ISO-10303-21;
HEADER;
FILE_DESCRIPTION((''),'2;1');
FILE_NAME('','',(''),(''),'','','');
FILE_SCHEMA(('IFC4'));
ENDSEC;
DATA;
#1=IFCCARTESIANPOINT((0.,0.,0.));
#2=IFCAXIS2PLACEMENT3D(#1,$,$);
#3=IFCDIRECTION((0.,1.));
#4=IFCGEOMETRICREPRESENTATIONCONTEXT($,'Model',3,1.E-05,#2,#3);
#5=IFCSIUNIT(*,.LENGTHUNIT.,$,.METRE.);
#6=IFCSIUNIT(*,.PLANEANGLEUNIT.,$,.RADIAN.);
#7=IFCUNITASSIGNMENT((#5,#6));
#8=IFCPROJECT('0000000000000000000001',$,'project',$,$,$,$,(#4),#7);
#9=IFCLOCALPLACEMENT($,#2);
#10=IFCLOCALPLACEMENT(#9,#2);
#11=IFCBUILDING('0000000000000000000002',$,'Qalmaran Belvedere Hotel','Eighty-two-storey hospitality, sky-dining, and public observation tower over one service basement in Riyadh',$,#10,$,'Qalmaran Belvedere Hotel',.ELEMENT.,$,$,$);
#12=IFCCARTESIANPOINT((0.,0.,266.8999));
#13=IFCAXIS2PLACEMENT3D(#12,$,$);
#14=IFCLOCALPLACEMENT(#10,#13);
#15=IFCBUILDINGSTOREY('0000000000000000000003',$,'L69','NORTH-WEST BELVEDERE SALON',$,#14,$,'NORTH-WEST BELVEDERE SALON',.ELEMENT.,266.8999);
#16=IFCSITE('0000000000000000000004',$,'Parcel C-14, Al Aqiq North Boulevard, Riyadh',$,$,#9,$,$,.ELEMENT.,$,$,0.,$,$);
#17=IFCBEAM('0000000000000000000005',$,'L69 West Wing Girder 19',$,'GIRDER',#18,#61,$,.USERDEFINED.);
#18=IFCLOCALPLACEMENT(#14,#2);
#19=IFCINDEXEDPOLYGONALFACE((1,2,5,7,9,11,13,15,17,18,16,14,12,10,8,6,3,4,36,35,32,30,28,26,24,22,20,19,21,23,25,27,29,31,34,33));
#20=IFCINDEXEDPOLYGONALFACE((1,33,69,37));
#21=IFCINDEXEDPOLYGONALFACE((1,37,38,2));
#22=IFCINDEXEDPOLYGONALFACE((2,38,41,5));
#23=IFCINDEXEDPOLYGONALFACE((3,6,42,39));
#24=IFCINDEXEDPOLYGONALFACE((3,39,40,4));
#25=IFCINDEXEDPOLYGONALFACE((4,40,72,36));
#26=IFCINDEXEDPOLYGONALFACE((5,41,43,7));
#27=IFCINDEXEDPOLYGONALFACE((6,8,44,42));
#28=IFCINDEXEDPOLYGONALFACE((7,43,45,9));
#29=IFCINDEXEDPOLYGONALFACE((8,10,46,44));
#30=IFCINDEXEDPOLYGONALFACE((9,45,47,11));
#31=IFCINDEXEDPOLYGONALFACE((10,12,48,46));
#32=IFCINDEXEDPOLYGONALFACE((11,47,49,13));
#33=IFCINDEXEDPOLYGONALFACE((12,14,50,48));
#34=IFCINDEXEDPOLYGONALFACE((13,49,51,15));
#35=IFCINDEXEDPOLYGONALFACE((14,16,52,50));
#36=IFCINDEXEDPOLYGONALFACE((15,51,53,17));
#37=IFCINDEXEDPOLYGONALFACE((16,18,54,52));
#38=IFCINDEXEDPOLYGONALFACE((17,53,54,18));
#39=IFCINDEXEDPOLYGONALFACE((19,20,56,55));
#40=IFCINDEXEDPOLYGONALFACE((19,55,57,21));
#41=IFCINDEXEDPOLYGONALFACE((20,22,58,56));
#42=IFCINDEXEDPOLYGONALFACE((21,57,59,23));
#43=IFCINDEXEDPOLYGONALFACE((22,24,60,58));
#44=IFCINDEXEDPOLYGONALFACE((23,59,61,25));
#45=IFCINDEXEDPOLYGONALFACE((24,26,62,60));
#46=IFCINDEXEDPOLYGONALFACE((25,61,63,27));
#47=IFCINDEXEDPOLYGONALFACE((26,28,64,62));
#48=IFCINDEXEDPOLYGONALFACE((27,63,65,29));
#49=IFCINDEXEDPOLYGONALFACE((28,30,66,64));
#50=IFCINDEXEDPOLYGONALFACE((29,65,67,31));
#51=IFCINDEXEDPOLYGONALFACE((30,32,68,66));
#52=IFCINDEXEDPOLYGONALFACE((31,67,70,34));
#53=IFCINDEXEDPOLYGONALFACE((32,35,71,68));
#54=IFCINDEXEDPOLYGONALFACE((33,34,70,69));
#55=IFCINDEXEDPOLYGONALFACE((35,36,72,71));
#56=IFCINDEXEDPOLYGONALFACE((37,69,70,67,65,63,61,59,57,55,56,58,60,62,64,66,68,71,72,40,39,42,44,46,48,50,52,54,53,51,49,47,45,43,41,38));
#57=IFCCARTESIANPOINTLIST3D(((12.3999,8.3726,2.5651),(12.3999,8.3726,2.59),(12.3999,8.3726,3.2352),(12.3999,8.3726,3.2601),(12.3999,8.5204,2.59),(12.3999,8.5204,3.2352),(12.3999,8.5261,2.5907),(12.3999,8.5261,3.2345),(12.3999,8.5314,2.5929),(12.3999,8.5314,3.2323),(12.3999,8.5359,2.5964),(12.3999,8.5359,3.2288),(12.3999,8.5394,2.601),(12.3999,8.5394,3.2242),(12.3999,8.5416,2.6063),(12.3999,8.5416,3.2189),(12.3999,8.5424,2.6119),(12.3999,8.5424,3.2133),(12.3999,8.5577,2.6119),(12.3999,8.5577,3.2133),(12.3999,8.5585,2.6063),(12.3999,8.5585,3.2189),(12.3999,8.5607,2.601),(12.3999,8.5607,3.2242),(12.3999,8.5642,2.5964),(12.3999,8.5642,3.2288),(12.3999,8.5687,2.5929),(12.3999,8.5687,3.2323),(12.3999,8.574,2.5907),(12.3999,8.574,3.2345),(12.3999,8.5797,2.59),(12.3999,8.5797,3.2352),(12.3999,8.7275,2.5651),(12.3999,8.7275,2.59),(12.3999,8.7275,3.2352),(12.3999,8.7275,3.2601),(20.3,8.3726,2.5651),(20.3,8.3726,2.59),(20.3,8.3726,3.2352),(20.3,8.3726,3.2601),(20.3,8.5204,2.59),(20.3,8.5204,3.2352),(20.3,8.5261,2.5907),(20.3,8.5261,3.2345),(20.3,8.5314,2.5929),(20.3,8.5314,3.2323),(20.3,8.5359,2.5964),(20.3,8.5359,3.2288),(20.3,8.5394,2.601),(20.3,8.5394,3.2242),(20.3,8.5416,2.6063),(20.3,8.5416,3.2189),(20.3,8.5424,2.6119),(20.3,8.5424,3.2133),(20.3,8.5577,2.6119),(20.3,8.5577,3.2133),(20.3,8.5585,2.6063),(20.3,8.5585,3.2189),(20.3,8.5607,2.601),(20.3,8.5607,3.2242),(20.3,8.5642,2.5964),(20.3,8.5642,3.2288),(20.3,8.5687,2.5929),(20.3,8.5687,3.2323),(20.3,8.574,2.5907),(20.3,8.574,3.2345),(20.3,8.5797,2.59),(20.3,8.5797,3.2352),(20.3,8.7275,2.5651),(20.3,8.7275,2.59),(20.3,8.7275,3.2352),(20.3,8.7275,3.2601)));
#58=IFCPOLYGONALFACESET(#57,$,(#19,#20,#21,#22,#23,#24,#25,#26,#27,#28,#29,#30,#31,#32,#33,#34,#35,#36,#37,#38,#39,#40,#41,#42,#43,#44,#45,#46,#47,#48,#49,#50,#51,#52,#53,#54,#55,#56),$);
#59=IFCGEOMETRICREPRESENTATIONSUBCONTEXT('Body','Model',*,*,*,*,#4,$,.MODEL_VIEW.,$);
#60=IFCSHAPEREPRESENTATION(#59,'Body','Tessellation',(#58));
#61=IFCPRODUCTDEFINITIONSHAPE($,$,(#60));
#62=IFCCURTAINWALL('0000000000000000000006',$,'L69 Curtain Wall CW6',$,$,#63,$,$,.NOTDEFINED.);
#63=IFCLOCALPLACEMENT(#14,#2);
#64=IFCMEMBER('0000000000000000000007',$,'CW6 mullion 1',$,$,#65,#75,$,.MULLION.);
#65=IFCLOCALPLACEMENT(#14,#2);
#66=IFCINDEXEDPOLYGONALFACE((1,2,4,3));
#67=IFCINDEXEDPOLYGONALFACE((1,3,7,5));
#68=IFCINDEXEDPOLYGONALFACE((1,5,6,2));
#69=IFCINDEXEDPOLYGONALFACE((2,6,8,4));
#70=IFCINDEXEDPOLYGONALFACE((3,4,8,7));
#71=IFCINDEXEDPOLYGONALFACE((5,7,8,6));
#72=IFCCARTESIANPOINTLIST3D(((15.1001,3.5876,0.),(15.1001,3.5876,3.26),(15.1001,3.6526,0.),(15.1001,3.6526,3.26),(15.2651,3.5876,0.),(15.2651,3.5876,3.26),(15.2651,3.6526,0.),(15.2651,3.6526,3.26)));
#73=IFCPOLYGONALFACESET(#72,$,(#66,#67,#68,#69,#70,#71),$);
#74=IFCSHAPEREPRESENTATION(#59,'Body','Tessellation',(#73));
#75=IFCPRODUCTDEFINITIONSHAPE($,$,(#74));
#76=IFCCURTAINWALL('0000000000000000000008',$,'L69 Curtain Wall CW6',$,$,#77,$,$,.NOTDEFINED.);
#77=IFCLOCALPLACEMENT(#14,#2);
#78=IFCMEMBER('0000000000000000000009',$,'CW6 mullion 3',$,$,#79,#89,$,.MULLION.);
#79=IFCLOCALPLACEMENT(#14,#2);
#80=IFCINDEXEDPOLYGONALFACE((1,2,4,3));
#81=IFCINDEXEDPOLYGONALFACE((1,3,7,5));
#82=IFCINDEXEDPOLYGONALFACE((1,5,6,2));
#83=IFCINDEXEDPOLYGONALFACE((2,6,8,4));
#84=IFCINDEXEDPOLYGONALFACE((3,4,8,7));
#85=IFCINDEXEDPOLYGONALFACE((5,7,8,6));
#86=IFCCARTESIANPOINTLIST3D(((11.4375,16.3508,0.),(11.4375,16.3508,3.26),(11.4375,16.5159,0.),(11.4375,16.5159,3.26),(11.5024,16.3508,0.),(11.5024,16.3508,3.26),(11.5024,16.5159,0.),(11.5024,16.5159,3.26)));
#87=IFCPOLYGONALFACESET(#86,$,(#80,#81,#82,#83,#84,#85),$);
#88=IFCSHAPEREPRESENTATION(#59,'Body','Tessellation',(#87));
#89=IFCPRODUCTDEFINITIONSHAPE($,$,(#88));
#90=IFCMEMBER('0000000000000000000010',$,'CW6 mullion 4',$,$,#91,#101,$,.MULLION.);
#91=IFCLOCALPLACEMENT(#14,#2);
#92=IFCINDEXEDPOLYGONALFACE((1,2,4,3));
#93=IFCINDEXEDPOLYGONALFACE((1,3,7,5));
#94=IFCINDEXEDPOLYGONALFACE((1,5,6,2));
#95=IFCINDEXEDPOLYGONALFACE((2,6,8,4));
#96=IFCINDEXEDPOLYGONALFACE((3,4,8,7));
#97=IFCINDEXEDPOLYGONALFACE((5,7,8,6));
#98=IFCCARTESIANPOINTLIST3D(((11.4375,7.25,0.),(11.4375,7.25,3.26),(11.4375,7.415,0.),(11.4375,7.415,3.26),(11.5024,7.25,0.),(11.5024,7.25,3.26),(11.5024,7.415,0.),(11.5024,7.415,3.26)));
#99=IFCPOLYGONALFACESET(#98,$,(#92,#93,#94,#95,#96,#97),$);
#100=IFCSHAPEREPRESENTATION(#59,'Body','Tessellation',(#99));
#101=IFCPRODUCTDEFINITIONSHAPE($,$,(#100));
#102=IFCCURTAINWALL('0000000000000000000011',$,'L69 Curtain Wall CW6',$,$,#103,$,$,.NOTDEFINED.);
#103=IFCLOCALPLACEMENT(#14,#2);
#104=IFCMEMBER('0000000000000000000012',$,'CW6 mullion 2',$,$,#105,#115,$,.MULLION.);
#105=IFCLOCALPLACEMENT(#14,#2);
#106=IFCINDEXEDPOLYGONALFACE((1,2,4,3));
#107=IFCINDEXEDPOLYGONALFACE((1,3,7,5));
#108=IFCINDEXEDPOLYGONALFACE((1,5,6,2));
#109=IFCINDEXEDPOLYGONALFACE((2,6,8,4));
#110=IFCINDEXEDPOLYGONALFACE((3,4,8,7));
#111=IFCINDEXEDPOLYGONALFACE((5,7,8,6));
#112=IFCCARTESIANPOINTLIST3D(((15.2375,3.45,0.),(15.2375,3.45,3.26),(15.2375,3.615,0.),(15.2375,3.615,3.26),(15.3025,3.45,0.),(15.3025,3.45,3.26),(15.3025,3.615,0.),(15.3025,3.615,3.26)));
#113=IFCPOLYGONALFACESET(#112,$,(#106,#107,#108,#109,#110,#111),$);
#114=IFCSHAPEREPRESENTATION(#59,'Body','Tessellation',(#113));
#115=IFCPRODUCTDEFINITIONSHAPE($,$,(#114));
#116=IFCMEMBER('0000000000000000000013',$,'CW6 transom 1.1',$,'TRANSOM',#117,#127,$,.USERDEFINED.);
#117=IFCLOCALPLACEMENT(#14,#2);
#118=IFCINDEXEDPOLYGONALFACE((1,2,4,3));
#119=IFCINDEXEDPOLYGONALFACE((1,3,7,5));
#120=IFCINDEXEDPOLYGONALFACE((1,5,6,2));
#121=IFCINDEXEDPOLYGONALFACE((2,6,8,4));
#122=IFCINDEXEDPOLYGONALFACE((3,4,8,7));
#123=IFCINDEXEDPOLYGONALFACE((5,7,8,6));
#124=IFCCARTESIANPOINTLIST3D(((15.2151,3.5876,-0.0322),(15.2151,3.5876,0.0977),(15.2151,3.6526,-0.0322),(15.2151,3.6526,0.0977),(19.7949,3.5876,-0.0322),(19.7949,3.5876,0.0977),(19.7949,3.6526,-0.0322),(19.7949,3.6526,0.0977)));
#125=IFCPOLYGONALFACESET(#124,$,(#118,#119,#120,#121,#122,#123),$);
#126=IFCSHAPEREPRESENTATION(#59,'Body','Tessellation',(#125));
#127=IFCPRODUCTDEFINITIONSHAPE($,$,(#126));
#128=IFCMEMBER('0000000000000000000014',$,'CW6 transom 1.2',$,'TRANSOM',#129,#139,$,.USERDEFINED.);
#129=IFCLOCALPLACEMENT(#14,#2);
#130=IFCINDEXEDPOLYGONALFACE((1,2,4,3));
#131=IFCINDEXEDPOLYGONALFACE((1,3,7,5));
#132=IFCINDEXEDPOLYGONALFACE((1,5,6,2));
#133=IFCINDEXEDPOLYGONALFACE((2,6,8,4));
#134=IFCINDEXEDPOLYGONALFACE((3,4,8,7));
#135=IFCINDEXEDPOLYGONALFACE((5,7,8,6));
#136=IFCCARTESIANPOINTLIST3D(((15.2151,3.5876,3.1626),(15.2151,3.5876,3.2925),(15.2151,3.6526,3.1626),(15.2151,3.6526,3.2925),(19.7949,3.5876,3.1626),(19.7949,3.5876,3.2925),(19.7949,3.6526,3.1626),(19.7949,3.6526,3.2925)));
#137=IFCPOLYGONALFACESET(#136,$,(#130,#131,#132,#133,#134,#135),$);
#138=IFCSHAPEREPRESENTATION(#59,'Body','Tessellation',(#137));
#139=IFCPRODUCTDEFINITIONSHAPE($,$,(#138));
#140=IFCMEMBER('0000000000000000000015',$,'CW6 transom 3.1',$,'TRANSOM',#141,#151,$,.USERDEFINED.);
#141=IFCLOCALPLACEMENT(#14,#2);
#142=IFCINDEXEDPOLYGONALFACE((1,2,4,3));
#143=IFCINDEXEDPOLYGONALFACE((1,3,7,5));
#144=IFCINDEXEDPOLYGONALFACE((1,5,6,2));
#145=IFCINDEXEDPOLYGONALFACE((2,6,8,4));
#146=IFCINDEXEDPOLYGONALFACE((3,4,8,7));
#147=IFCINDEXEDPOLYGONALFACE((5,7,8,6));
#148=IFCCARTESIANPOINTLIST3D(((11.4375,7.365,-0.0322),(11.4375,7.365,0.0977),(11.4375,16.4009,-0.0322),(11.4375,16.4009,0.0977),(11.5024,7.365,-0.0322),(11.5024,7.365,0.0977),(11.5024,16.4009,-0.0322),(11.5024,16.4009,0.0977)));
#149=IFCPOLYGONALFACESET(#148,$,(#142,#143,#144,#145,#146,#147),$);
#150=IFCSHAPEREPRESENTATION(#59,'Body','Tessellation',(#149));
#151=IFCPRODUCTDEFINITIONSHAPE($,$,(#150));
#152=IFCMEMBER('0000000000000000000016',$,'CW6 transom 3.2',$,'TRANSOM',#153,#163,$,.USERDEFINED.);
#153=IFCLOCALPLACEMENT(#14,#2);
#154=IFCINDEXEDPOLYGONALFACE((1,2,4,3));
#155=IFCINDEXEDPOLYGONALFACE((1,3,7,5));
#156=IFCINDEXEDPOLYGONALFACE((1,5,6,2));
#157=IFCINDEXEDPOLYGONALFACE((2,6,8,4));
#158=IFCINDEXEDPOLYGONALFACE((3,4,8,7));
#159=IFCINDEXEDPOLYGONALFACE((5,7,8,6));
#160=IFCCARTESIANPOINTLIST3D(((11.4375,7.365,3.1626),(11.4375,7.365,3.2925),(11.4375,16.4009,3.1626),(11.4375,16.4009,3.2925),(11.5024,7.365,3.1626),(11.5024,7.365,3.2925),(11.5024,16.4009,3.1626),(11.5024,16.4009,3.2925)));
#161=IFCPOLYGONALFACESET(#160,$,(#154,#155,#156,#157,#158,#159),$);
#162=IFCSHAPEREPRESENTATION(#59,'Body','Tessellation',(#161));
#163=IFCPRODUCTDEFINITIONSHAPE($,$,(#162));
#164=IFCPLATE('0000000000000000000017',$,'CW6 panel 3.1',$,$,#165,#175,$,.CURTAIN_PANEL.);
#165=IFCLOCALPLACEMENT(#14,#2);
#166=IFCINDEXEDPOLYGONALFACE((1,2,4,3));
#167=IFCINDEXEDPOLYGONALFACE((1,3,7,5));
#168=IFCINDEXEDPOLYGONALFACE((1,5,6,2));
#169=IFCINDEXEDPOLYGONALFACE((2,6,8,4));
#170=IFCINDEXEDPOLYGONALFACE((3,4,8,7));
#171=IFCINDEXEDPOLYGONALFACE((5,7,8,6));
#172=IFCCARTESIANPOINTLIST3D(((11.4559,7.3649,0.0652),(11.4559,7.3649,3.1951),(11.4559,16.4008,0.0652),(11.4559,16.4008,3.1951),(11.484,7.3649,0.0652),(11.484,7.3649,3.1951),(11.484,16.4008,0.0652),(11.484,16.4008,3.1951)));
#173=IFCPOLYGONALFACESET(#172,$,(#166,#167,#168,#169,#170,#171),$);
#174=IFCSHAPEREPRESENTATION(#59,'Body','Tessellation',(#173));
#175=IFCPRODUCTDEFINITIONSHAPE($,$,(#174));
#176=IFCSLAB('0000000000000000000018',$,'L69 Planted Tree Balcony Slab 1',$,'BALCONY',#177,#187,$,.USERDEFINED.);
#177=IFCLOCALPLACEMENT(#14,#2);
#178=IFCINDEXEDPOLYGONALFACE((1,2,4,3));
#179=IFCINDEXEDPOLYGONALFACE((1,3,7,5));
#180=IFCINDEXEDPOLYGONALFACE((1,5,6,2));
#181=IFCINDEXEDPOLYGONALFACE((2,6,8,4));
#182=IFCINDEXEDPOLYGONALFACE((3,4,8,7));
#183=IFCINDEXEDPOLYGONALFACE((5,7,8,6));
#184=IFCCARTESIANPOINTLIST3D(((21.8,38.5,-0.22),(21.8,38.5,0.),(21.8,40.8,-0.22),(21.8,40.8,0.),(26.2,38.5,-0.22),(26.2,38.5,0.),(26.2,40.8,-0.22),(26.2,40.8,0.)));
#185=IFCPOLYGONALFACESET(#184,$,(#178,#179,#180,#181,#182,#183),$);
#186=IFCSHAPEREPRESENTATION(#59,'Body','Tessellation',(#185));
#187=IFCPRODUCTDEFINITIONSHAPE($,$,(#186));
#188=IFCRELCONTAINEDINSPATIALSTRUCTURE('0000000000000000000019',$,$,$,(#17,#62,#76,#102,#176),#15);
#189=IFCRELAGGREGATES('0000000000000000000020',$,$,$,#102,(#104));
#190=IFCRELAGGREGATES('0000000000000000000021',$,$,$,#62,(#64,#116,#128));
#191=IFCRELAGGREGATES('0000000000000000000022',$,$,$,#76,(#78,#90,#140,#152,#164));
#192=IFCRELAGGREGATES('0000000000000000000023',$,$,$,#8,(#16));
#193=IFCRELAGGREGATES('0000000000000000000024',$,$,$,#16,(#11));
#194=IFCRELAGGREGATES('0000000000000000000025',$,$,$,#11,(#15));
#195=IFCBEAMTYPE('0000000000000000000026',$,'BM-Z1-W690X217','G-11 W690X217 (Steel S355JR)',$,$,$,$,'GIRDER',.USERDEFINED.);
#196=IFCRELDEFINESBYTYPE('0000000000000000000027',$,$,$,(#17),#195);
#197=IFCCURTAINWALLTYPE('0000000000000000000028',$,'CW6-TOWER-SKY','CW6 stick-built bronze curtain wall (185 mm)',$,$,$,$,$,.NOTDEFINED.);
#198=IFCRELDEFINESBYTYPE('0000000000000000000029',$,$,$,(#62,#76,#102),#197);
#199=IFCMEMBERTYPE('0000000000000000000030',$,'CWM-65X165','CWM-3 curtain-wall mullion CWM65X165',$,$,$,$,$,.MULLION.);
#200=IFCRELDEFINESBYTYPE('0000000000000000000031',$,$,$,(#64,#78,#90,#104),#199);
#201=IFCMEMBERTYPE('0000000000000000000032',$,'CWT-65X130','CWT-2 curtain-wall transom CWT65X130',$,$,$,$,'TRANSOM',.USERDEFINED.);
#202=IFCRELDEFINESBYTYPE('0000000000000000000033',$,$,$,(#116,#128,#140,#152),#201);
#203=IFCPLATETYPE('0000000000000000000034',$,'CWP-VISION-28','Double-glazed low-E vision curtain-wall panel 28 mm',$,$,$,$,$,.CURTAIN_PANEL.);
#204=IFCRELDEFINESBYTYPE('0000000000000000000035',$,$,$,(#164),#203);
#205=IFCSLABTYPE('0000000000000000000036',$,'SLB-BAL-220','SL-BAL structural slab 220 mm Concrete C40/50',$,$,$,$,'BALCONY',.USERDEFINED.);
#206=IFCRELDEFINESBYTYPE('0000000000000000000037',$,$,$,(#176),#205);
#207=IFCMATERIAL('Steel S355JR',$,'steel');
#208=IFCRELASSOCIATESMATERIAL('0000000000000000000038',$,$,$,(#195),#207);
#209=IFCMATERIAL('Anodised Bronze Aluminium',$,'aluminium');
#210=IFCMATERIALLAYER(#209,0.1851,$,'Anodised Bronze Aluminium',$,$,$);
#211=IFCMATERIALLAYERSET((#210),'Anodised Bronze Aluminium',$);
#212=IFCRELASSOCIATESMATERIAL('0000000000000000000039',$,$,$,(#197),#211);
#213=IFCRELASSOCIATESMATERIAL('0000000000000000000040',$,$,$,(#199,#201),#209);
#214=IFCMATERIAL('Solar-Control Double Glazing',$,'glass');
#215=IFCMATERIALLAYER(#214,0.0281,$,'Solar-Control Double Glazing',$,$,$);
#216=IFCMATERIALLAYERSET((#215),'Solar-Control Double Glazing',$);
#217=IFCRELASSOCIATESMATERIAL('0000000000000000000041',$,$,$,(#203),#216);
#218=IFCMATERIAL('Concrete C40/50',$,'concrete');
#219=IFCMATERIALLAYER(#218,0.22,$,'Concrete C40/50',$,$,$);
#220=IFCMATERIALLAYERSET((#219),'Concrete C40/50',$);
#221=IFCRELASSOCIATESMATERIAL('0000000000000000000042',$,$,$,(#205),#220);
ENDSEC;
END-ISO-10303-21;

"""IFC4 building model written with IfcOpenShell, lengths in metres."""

from ifc_helpers import new_model, si_unit, direction, frame, origin, origin_2d, place, context, subcontext, project, spatial, polyline, rectangle, i_section, outline, extrude, material, layer, layer_set, material_profile, profile_set, type_object, element, aggregate, save


model = new_model("IFC4")

# Units and contexts
model_context = context("Model", 3, precision=1e-05, world=origin(), true_north=direction((0.0, 1.0)))
body_context = subcontext(model_context, "Body", "Model", "MODEL_VIEW")
ifc_project = project(units=[si_unit("LENGTHUNIT", "METRE"), si_unit("PLANEANGLEUNIT", "RADIAN")], contexts=[model_context])

# Site, building, storey
site_placement = place(None, origin())
site = spatial("IfcSite", under=ifc_project, at=site_placement, Name="Parcel C-14, Al Aqiq North Boulevard, Riyadh", CompositionType="ELEMENT", RefElevation=0.0)
building_placement = place(site_placement, origin())
building = spatial("IfcBuilding", under=site, at=building_placement, Name="Qalmaran Belvedere Hotel", Description="Eighty-two-storey hospitality, sky-dining, and public observation tower over one service basement in Riyadh", LongName="Qalmaran Belvedere Hotel", CompositionType="ELEMENT")
storey_placement = place(building_placement, frame((0.0, 0.0, 266.8999)))
storey = spatial("IfcBuildingStorey", under=building, at=storey_placement, Name="L69", Description="NORTH-WEST BELVEDERE SALON", LongName="NORTH-WEST BELVEDERE SALON", CompositionType="ELEMENT", Elevation=266.8999)

# Beam
ifc_material_1 = material(Name="Steel S355JR", Category="steel")
ifc_material_profile_1 = material_profile(ifc_material_1, i_section(OverallWidth=0.355, OverallDepth=0.6951, WebThickness=0.0154, FlangeThickness=0.0249, FilletRadius=0.022, at=origin_2d()), Name="W690X217")
ifc_profile_set_1 = profile_set([ifc_material_profile_1], Name="Steel S355JR")
beam_type_1 = type_object("IfcBeamType", Name="BM-Z1-W690X217", Description="G-11 W690X217 (Steel S355JR)", ElementType="GIRDER", PredefinedType="USERDEFINED", material=ifc_profile_set_1)
beam_1_placement = place(storey_placement, frame((12.3999, 8.55, 2.9126), z_axis=(1.0, 0.0, 0.0), x_axis=(0.0, 1.0, 0.0)))
element("IfcBeam", 1, at=beam_1_placement, inside=storey, type_object=beam_type_1, Name="L69 West Wing Girder 19", ObjectType="GIRDER", PredefinedType="USERDEFINED", context=body_context, shape_type="SweptSolid", body=[
    extrude(i_section(OverallWidth=0.355, OverallDepth=0.6951, WebThickness=0.0154, FlangeThickness=0.0249, FilletRadius=0.022, at=origin_2d()), origin(), (0.0, 0.0, 1.0), 7.9001),
])

# Curtain wall, member
ifc_material_2 = material(Name="Anodised Bronze Aluminium", Category="aluminium")
ifc_layer_1 = layer(ifc_material_2, 0.1851, Name="Anodised Bronze Aluminium")
ifc_layer_set_1 = layer_set([ifc_layer_1], Name="Anodised Bronze Aluminium")
curtain_wall_type = type_object("IfcCurtainWallType", Name="CW6-TOWER-SKY", Description="CW6 stick-built bronze curtain wall (185 mm)", PredefinedType="NOTDEFINED", material=ifc_layer_set_1)
curtain_wall_1_placement = place(storey_placement, origin())
curtain_wall_1 = element("IfcCurtainWall", 2, at=curtain_wall_1_placement, inside=storey, type_object=curtain_wall_type, Name="L69 Curtain Wall CW6", PredefinedType="NOTDEFINED")
ifc_material_profile_2 = material_profile(ifc_material_2, rectangle(XDim=0.0649, YDim=0.165, at=origin_2d()), Name="CWM65X165")
ifc_profile_set_2 = profile_set([ifc_material_profile_2], Name="Anodised Bronze Aluminium")
member_type_1 = type_object("IfcMemberType", Name="CWM-65X165", Description="CWM-3 curtain-wall mullion CWM65X165", PredefinedType="MULLION", material=ifc_profile_set_2)
member_1_placement = place(storey_placement, frame((15.1826, 3.6201, 0.0), z_axis=(0.0, 0.0, 1.0), x_axis=(0.0, 1.0, 0.0)))
member_1 = element("IfcMember", 3, at=member_1_placement, type_object=member_type_1, Name="CW6 mullion 1", PredefinedType="MULLION", context=body_context, shape_type="SweptSolid", body=[
    extrude(rectangle(XDim=0.0649, YDim=0.165, at=origin_2d()), origin(), (0.0, 0.0, 1.0), 3.26),
])

# Curtain wall, members
curtain_wall_2_placement = place(storey_placement, origin())
curtain_wall_2 = element("IfcCurtainWall", 4, at=curtain_wall_2_placement, inside=storey, type_object=curtain_wall_type, Name="L69 Curtain Wall CW6", PredefinedType="NOTDEFINED")
member_2_placement = place(storey_placement, frame((11.47, 16.4333, 0.0), z_axis=(0.0, 0.0, 1.0), x_axis=(1.0, 0.0, 0.0)))
member_2 = element("IfcMember", 5, at=member_2_placement, type_object=member_type_1, Name="CW6 mullion 3", PredefinedType="MULLION", context=body_context, shape_type="SweptSolid", body=[
    extrude(rectangle(XDim=0.0649, YDim=0.165, at=origin_2d()), origin(), (0.0, 0.0, 1.0), 3.26),
])
member_3_placement = place(storey_placement, frame((11.47, 7.3325, 0.0), z_axis=(0.0, 0.0, 1.0), x_axis=(1.0, 0.0, 0.0)))
member_3 = element("IfcMember", 6, at=member_3_placement, type_object=member_type_1, Name="CW6 mullion 4", PredefinedType="MULLION", context=body_context, shape_type="SweptSolid", body=[
    extrude(rectangle(XDim=0.0649, YDim=0.165, at=origin_2d()), origin(), (0.0, 0.0, 1.0), 3.26),
])

# Curtain wall, member
curtain_wall_3_placement = place(storey_placement, origin())
curtain_wall_3 = element("IfcCurtainWall", 7, at=curtain_wall_3_placement, inside=storey, type_object=curtain_wall_type, Name="L69 Curtain Wall CW6", PredefinedType="NOTDEFINED")
member_4_placement = place(storey_placement, frame((15.27, 3.5325, 0.0), z_axis=(0.0, 0.0, 1.0), x_axis=(1.0, 0.0, 0.0)))
member_4 = element("IfcMember", 8, at=member_4_placement, type_object=member_type_1, Name="CW6 mullion 2", PredefinedType="MULLION", context=body_context, shape_type="SweptSolid", body=[
    extrude(rectangle(XDim=0.0649, YDim=0.165, at=origin_2d()), origin(), (0.0, 0.0, 1.0), 3.26),
])
aggregate(curtain_wall_3, [member_4])

# Members
ifc_material_profile_3 = material_profile(ifc_material_2, rectangle(XDim=0.0649, YDim=0.1299, at=origin_2d()), Name="CWT65X130")
ifc_profile_set_3 = profile_set([ifc_material_profile_3], Name="Anodised Bronze Aluminium")
member_type_2 = type_object("IfcMemberType", Name="CWT-65X130", Description="CWT-2 curtain-wall transom CWT65X130", ElementType="TRANSOM", PredefinedType="USERDEFINED", material=ifc_profile_set_3)
member_5_placement = place(storey_placement, frame((15.2151, 3.6201, 0.0327), z_axis=(1.0, 0.0, 0.0), x_axis=(0.0, 1.0, 0.0)))
member_5 = element("IfcMember", 9, at=member_5_placement, type_object=member_type_2, Name="CW6 transom 1.1", ObjectType="TRANSOM", PredefinedType="USERDEFINED", context=body_context, shape_type="SweptSolid", body=[
    extrude(rectangle(XDim=0.0649, YDim=0.1299, at=origin_2d()), origin(), (0.0, 0.0, 1.0), 4.5798),
])
member_6_placement = place(storey_placement, frame((15.2151, 3.6201, 3.2275), z_axis=(1.0, 0.0, 0.0), x_axis=(0.0, 1.0, 0.0)))
member_6 = element("IfcMember", 10, at=member_6_placement, type_object=member_type_2, Name="CW6 transom 1.2", ObjectType="TRANSOM", PredefinedType="USERDEFINED", context=body_context, shape_type="SweptSolid", body=[
    extrude(rectangle(XDim=0.0649, YDim=0.1299, at=origin_2d()), origin(), (0.0, 0.0, 1.0), 4.5798),
])
aggregate(curtain_wall_1, [member_1, member_5, member_6])
member_7_placement = place(storey_placement, frame((11.47, 16.4009, 0.0327), z_axis=(0.0, -1.0, 0.0), x_axis=(1.0, 0.0, 0.0)))
member_7 = element("IfcMember", 11, at=member_7_placement, type_object=member_type_2, Name="CW6 transom 3.1", ObjectType="TRANSOM", PredefinedType="USERDEFINED", context=body_context, shape_type="SweptSolid", body=[
    extrude(rectangle(XDim=0.0649, YDim=0.1299, at=origin_2d()), origin(), (0.0, 0.0, 1.0), 9.0359),
])
member_8_placement = place(storey_placement, frame((11.47, 16.4009, 3.2275), z_axis=(0.0, -1.0, 0.0), x_axis=(1.0, 0.0, 0.0)))
member_8 = element("IfcMember", 12, at=member_8_placement, type_object=member_type_2, Name="CW6 transom 3.2", ObjectType="TRANSOM", PredefinedType="USERDEFINED", context=body_context, shape_type="SweptSolid", body=[
    extrude(rectangle(XDim=0.0649, YDim=0.1299, at=origin_2d()), origin(), (0.0, 0.0, 1.0), 9.0359),
])

# Plate
ifc_material_3 = material(Name="Solar-Control Double Glazing", Category="glass")
ifc_layer_2 = layer(ifc_material_3, 0.0281, Name="Solar-Control Double Glazing")
ifc_layer_set_2 = layer_set([ifc_layer_2], Name="Solar-Control Double Glazing")
plate_type = type_object("IfcPlateType", Name="CWP-VISION-28", Description="Double-glazed low-E vision curtain-wall panel 28 mm", PredefinedType="CURTAIN_PANEL", material=ifc_layer_set_2)
plate_placement = place(storey_placement, frame((11.47, 11.8828, 0.0652), z_axis=(0.0, 0.0, 1.0), x_axis=(0.0, -1.0, 0.0)))
plate = element("IfcPlate", 13, at=plate_placement, type_object=plate_type, Name="CW6 panel 3.1", PredefinedType="CURTAIN_PANEL", context=body_context, shape_type="SweptSolid", body=[
    extrude(rectangle(XDim=9.0359, YDim=0.0281, at=origin_2d()), origin(), (0.0, 0.0, 1.0), 3.1299),
])
aggregate(curtain_wall_2, [member_2, member_3, member_7, member_8, plate])

# Slab
ifc_material_4 = material(Name="Concrete C40/50", Category="concrete")
ifc_layer_3 = layer(ifc_material_4, 0.22, Name="Concrete C40/50")
ifc_layer_set_3 = layer_set([ifc_layer_3], Name="Concrete C40/50")
slab_type_1 = type_object("IfcSlabType", Name="SLB-BAL-220", Description="SL-BAL structural slab 220 mm Concrete C40/50", ElementType="BALCONY", PredefinedType="USERDEFINED", material=ifc_layer_set_3)
slab_1_placement = place(storey_placement, frame((0.0, 0.0, -0.22)))
element("IfcSlab", 14, at=slab_1_placement, inside=storey, type_object=slab_type_1, Name="L69 Planted Tree Balcony Slab 1", ObjectType="BALCONY", PredefinedType="USERDEFINED", context=body_context, shape_type="SweptSolid", body=[
    extrude(outline(polyline([(21.8, 38.5), (26.2, 38.5), (26.2, 40.8), (21.8, 40.8), (21.8, 38.5)])), origin(), (0.0, 0.0, 1.0), 0.22),
])

save(model, "model.ifc")
